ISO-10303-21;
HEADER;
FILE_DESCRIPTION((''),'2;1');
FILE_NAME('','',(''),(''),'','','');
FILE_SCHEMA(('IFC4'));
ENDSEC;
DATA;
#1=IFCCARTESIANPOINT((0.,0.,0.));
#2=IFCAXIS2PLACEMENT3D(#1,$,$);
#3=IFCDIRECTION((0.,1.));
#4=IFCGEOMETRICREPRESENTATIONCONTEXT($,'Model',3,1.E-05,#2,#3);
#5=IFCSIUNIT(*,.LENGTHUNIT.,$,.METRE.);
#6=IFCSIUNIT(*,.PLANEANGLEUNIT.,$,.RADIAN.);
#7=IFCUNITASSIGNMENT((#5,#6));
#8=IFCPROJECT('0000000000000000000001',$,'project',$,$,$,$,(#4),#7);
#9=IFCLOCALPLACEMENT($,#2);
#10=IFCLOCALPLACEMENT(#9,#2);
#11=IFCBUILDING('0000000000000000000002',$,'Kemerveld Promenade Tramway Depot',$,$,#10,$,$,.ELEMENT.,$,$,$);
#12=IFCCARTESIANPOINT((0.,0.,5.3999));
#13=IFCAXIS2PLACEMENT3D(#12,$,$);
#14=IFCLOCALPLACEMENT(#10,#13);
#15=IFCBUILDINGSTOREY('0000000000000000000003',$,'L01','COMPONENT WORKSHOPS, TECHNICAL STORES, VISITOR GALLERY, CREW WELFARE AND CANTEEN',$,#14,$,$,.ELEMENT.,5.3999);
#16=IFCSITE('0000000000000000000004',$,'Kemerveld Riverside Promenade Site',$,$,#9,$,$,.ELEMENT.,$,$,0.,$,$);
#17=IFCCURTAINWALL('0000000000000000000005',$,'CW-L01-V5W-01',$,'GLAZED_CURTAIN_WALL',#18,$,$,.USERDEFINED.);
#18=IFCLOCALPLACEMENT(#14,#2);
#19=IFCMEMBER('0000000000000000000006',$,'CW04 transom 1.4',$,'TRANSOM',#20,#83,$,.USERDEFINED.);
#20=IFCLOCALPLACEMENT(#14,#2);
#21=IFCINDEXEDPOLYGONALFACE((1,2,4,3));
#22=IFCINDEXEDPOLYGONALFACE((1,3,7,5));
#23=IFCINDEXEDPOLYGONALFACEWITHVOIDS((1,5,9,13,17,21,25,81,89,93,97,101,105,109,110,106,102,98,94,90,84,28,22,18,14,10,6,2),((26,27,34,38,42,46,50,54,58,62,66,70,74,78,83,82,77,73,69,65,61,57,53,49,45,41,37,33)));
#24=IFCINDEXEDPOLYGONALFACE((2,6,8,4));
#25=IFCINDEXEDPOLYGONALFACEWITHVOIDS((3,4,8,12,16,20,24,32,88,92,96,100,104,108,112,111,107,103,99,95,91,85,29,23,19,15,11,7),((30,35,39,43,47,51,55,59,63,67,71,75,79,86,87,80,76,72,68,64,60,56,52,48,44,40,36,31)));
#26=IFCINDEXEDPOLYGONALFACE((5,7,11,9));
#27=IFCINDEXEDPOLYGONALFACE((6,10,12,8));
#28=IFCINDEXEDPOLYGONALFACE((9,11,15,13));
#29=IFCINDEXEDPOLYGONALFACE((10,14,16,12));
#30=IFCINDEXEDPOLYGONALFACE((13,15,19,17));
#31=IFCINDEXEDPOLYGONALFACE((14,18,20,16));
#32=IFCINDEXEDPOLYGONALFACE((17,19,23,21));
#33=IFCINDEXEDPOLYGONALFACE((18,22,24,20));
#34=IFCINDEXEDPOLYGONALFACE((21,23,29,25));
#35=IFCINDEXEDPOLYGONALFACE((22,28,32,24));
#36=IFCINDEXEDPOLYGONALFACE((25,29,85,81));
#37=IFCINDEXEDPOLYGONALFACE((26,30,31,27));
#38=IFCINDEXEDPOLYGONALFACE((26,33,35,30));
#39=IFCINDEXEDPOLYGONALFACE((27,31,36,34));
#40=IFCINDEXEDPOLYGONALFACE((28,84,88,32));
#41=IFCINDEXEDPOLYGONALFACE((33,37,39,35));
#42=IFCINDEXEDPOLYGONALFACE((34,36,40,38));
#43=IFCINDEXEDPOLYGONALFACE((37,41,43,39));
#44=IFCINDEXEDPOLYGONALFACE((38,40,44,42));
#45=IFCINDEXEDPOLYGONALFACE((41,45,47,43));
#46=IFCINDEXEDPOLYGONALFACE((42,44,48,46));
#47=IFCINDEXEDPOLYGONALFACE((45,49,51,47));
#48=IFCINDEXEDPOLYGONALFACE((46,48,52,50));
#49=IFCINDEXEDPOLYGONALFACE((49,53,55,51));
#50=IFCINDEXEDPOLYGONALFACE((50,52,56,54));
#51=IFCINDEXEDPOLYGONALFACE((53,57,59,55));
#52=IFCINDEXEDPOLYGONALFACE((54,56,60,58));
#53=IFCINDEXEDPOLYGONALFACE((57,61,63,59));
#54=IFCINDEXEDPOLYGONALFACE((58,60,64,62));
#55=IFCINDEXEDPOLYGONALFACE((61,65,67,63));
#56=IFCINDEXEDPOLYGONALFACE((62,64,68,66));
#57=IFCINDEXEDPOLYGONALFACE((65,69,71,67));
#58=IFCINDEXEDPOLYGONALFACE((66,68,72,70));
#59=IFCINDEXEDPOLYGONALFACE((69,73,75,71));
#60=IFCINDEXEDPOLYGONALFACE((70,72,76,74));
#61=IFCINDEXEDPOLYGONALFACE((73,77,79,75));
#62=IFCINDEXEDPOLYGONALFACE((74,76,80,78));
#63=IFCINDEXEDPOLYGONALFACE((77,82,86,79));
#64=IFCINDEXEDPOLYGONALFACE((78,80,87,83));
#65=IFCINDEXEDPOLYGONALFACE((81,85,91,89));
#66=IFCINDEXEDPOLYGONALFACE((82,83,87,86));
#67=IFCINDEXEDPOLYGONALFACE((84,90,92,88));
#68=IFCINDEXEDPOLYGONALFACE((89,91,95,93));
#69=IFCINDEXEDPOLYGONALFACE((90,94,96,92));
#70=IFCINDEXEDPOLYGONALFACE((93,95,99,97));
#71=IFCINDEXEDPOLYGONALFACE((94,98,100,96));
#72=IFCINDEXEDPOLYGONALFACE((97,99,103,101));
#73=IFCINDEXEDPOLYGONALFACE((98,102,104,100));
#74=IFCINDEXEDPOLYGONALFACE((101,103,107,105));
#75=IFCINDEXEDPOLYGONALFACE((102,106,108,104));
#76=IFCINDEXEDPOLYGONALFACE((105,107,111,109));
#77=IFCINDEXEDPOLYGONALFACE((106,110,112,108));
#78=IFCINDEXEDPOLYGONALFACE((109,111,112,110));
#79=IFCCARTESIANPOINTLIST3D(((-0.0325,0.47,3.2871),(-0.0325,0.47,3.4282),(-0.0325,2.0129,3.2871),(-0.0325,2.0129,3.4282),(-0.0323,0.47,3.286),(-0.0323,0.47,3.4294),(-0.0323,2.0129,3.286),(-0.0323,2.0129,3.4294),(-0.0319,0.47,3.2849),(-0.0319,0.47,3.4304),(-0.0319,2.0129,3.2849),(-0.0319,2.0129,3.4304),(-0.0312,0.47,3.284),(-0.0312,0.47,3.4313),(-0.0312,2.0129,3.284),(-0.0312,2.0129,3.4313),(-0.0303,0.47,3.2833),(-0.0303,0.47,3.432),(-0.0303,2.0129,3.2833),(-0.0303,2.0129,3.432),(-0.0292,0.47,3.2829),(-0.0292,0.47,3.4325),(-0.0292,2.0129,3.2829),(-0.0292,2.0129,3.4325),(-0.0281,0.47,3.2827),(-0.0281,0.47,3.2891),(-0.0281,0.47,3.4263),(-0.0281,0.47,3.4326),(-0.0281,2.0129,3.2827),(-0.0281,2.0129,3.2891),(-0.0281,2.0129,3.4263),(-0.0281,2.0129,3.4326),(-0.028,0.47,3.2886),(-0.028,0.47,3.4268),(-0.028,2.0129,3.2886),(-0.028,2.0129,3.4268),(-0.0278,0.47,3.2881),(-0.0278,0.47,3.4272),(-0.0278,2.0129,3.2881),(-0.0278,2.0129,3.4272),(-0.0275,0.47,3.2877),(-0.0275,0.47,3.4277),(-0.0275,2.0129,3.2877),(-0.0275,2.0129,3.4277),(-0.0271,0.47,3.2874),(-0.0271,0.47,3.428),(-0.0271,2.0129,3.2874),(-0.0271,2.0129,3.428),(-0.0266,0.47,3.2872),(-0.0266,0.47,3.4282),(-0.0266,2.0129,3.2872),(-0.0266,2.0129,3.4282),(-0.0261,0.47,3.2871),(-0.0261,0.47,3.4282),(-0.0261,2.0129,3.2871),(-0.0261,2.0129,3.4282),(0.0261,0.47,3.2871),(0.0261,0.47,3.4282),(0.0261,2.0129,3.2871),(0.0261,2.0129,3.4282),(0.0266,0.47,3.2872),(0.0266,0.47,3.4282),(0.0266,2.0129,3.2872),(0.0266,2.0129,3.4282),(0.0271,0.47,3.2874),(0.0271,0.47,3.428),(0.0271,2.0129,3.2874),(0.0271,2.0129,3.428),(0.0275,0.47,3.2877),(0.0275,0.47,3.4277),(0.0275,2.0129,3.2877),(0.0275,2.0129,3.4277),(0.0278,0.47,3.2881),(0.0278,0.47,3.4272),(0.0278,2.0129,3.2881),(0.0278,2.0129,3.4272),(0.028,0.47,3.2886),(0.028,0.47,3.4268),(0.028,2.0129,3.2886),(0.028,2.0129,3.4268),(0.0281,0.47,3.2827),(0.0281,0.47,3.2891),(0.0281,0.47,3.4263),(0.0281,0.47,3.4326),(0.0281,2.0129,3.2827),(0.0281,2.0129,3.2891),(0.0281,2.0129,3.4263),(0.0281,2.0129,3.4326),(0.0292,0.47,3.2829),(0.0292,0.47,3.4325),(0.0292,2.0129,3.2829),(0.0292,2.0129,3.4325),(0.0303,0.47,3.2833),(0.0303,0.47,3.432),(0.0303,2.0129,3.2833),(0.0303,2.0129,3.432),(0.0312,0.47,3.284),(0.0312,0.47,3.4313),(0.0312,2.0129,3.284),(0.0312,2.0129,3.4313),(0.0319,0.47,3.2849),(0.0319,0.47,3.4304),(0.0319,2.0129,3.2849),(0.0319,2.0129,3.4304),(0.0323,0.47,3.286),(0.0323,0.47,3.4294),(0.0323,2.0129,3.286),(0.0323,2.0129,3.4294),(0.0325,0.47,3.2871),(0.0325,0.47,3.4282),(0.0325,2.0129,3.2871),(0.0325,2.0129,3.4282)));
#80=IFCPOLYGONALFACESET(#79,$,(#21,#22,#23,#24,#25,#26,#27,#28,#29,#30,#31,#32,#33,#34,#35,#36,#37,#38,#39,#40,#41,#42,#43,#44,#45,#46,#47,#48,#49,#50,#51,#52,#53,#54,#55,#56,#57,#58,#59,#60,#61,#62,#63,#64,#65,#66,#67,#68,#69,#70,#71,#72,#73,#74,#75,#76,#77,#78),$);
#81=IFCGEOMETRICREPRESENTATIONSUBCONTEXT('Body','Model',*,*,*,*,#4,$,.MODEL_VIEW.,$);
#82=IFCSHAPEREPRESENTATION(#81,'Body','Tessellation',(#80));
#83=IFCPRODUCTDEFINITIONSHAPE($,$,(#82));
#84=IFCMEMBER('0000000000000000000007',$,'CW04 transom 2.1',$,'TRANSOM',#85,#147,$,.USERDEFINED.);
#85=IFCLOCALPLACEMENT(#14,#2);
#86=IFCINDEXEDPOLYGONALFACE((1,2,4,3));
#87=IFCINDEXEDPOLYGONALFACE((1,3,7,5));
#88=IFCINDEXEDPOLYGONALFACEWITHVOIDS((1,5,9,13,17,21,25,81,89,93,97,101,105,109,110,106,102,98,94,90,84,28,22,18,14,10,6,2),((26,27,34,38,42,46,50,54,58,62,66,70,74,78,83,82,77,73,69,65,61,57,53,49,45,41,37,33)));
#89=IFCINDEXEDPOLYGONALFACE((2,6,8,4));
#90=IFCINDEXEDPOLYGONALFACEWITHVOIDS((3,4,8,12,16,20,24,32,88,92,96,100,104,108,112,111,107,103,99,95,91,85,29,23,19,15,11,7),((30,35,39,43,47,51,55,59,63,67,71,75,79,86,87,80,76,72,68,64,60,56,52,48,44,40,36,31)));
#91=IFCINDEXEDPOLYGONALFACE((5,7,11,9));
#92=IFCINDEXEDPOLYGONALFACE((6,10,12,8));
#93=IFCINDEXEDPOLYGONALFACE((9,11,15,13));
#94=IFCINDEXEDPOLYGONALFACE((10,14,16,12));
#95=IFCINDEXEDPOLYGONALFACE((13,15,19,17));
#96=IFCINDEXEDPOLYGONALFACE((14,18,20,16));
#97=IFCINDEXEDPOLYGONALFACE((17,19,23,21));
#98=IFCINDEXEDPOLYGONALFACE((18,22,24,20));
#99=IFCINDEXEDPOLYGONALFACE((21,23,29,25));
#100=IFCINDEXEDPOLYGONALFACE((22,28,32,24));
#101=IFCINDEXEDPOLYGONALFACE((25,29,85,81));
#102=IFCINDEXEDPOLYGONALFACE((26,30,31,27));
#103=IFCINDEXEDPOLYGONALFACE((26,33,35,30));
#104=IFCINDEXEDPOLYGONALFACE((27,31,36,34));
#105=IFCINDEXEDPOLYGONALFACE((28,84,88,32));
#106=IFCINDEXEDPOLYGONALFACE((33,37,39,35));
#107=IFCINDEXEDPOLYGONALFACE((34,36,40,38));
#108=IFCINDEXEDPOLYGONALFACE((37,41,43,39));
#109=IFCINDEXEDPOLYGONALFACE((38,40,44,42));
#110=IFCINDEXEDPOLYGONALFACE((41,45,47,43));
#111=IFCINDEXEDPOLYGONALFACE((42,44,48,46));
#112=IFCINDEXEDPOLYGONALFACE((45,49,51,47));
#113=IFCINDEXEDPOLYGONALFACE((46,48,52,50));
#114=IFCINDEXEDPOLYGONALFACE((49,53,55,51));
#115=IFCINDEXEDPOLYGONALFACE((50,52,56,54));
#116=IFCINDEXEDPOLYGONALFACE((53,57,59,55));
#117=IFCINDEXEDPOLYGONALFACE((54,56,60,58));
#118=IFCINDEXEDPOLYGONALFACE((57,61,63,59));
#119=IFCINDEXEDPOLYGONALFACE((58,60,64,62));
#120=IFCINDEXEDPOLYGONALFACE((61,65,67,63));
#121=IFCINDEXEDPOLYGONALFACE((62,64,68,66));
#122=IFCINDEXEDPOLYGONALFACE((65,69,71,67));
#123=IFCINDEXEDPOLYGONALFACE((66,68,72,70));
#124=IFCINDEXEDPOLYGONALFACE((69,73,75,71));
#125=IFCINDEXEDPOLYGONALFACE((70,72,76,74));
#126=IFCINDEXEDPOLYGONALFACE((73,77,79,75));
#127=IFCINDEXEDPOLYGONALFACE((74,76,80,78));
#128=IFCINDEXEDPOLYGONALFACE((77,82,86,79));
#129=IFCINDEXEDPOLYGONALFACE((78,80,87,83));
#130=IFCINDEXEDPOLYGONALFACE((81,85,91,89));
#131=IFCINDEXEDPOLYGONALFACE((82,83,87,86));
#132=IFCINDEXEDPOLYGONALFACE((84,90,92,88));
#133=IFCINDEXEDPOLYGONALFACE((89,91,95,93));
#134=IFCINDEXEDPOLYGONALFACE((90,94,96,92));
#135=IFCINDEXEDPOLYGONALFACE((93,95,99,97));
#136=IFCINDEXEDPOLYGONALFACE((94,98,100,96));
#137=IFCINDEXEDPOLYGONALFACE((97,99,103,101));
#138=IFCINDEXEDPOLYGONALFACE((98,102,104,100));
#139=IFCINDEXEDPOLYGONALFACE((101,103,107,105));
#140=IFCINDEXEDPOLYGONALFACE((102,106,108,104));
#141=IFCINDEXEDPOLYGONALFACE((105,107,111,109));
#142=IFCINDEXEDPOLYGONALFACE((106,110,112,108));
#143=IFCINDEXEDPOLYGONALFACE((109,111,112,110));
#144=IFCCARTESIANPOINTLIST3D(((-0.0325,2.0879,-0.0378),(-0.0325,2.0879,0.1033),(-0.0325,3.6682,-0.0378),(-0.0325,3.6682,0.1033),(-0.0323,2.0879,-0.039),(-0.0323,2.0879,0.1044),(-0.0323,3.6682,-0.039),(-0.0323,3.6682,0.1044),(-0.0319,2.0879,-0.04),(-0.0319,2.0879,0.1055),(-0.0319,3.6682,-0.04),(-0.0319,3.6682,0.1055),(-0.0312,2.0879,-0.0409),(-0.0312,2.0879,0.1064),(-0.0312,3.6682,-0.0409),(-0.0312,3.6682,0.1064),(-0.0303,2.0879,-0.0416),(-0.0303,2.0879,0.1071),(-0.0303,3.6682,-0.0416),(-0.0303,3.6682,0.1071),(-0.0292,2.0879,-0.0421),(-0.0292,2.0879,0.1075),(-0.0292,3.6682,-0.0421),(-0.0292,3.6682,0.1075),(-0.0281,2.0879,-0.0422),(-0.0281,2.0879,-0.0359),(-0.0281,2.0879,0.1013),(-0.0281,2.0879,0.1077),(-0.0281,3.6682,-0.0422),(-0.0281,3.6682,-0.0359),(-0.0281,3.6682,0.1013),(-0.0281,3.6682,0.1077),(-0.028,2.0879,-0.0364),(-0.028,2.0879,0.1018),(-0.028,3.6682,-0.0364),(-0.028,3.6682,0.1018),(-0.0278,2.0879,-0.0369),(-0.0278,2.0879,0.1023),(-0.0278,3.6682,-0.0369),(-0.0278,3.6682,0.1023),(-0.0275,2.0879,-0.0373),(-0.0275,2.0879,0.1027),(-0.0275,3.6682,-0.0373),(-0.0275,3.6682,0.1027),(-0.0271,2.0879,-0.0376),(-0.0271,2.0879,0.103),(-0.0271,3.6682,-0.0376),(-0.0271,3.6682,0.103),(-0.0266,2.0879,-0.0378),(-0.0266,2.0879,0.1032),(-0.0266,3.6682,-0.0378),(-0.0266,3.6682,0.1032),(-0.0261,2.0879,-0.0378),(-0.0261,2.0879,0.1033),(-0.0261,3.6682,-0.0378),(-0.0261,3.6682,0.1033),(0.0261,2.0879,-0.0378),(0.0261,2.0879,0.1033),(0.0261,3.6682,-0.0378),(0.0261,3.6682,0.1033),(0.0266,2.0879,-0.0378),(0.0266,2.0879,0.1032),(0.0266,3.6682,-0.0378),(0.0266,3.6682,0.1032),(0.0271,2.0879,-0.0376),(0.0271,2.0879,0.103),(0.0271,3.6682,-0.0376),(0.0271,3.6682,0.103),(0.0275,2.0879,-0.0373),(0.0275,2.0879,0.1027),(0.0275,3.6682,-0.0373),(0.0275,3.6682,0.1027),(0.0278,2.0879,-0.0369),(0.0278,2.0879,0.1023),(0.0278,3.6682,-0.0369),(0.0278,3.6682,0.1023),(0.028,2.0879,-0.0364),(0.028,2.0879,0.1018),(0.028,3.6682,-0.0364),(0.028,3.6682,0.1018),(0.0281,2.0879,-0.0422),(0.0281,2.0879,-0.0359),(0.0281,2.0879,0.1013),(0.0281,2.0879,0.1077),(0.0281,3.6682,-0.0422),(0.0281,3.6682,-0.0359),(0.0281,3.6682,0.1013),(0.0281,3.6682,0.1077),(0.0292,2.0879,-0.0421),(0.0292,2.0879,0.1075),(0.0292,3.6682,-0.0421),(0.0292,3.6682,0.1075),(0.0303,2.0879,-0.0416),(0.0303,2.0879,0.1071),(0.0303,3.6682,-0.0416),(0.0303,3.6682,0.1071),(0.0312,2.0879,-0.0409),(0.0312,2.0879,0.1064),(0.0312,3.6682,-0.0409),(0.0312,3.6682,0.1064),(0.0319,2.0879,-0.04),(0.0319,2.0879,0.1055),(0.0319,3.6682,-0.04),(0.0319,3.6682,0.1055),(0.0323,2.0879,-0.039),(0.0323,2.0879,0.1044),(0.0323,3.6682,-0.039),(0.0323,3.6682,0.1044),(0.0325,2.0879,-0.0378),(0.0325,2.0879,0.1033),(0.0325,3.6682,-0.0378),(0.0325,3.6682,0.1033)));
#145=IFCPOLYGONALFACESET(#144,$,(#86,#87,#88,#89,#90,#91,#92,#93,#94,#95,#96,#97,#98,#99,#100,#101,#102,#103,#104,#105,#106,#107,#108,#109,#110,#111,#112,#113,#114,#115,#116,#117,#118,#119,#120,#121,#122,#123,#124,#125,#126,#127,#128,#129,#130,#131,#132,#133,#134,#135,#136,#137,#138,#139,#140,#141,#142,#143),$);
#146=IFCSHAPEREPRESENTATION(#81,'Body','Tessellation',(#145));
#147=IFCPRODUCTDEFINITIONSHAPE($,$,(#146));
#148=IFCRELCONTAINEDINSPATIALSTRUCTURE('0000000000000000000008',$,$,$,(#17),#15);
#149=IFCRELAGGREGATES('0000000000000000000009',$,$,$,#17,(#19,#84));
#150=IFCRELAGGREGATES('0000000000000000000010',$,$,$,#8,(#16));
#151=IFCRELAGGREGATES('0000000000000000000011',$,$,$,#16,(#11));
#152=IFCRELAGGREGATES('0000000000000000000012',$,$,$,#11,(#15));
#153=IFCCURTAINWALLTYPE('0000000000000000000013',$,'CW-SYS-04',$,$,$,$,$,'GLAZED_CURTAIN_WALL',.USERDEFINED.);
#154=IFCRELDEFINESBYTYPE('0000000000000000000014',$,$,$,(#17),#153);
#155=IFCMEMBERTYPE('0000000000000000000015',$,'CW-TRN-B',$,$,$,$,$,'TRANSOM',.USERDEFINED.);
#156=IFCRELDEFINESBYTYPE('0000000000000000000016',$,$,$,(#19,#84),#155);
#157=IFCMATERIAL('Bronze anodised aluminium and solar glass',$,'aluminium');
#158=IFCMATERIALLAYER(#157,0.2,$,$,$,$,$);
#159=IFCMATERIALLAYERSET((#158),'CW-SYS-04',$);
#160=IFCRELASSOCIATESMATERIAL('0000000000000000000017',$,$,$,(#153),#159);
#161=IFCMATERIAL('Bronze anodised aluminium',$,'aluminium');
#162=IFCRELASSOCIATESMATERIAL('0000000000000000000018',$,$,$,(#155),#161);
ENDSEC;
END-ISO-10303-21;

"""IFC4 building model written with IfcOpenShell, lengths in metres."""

from ifc_helpers import new_model, si_unit, direction, frame, origin, origin_2d, place, context, subcontext, project, spatial, hollow_rectangle, extrude, material, layer, layer_set, material_profile, profile_set, type_object, element, aggregate, save


model = new_model("IFC4")

# Units and contexts
model_context = context("Model", 3, precision=1e-05, world=origin(), true_north=direction((0.0, 1.0)))
body_context = subcontext(model_context, "Body", "Model", "MODEL_VIEW")
ifc_project = project(units=[si_unit("LENGTHUNIT", "METRE"), si_unit("PLANEANGLEUNIT", "RADIAN")], contexts=[model_context])

# Site, building, storey
site_placement = place(None, origin())
site = spatial("IfcSite", under=ifc_project, at=site_placement, Name="Kemerveld Riverside Promenade Site", CompositionType="ELEMENT", RefElevation=0.0)
building_placement = place(site_placement, origin())
building = spatial("IfcBuilding", under=site, at=building_placement, Name="Kemerveld Promenade Tramway Depot", CompositionType="ELEMENT")
storey_placement = place(building_placement, frame((0.0, 0.0, 5.3999)))
storey = spatial("IfcBuildingStorey", under=building, at=storey_placement, Name="L01", Description="COMPONENT WORKSHOPS, TECHNICAL STORES, VISITOR GALLERY, CREW WELFARE AND CANTEEN", CompositionType="ELEMENT", Elevation=5.3999)

# Curtain wall, members
ifc_material_1 = material(Name="Bronze anodised aluminium and solar glass", Category="aluminium")
ifc_layer_1 = layer(ifc_material_1, 0.2)
ifc_layer_set_1 = layer_set([ifc_layer_1], Name="CW-SYS-04")
curtain_wall_type = type_object("IfcCurtainWallType", Name="CW-SYS-04", ElementType="GLAZED_CURTAIN_WALL", PredefinedType="USERDEFINED", material=ifc_layer_set_1)
curtain_wall_placement = place(storey_placement, origin())
curtain_wall = element("IfcCurtainWall", 1, at=curtain_wall_placement, inside=storey, type_object=curtain_wall_type, Name="CW-L01-V5W-01", ObjectType="GLAZED_CURTAIN_WALL", PredefinedType="USERDEFINED")
ifc_material_2 = material(Name="Bronze anodised aluminium", Category="aluminium")
ifc_material_profile_1 = material_profile(ifc_material_2, hollow_rectangle(XDim=0.0649, YDim=0.1499, WallThickness=0.0044, InnerFilletRadius=0.002, OuterFilletRadius=0.0044, at=origin_2d()), Name="CW-TRN-150x65")
ifc_profile_set_1 = profile_set([ifc_material_profile_1], Name="Bronze anodised aluminium")
member_type_1 = type_object("IfcMemberType", Name="CW-TRN-B", ElementType="TRANSOM", PredefinedType="USERDEFINED", material=ifc_profile_set_1)
member_1_placement = place(storey_placement, frame((0.0, 0.47, 3.3577), z_axis=(0.0, 1.0, 0.0), x_axis=(-1.0, 0.0, 0.0)))
member_1 = element("IfcMember", 2, at=member_1_placement, type_object=member_type_1, Name="CW04 transom 1.4", ObjectType="TRANSOM", PredefinedType="USERDEFINED", context=body_context, shape_type="SweptSolid", body=[
    extrude(hollow_rectangle(XDim=0.0649, YDim=0.1499, WallThickness=0.0044, InnerFilletRadius=0.002, OuterFilletRadius=0.0044, at=origin_2d()), origin(), (0.0, 0.0, 1.0), 1.543),
])
member_2_placement = place(storey_placement, frame((0.0, 2.0879, 0.0327), z_axis=(0.0, 1.0, 0.0), x_axis=(-1.0, 0.0, 0.0)))
member_2 = element("IfcMember", 3, at=member_2_placement, type_object=member_type_1, Name="CW04 transom 2.1", ObjectType="TRANSOM", PredefinedType="USERDEFINED", context=body_context, shape_type="SweptSolid", body=[
    extrude(hollow_rectangle(XDim=0.0649, YDim=0.1499, WallThickness=0.0044, InnerFilletRadius=0.002, OuterFilletRadius=0.0044, at=origin_2d()), origin(), (0.0, 0.0, 1.0), 1.5803),
])
aggregate(curtain_wall, [member_1, member_2])

save(model, "model.ifc")
